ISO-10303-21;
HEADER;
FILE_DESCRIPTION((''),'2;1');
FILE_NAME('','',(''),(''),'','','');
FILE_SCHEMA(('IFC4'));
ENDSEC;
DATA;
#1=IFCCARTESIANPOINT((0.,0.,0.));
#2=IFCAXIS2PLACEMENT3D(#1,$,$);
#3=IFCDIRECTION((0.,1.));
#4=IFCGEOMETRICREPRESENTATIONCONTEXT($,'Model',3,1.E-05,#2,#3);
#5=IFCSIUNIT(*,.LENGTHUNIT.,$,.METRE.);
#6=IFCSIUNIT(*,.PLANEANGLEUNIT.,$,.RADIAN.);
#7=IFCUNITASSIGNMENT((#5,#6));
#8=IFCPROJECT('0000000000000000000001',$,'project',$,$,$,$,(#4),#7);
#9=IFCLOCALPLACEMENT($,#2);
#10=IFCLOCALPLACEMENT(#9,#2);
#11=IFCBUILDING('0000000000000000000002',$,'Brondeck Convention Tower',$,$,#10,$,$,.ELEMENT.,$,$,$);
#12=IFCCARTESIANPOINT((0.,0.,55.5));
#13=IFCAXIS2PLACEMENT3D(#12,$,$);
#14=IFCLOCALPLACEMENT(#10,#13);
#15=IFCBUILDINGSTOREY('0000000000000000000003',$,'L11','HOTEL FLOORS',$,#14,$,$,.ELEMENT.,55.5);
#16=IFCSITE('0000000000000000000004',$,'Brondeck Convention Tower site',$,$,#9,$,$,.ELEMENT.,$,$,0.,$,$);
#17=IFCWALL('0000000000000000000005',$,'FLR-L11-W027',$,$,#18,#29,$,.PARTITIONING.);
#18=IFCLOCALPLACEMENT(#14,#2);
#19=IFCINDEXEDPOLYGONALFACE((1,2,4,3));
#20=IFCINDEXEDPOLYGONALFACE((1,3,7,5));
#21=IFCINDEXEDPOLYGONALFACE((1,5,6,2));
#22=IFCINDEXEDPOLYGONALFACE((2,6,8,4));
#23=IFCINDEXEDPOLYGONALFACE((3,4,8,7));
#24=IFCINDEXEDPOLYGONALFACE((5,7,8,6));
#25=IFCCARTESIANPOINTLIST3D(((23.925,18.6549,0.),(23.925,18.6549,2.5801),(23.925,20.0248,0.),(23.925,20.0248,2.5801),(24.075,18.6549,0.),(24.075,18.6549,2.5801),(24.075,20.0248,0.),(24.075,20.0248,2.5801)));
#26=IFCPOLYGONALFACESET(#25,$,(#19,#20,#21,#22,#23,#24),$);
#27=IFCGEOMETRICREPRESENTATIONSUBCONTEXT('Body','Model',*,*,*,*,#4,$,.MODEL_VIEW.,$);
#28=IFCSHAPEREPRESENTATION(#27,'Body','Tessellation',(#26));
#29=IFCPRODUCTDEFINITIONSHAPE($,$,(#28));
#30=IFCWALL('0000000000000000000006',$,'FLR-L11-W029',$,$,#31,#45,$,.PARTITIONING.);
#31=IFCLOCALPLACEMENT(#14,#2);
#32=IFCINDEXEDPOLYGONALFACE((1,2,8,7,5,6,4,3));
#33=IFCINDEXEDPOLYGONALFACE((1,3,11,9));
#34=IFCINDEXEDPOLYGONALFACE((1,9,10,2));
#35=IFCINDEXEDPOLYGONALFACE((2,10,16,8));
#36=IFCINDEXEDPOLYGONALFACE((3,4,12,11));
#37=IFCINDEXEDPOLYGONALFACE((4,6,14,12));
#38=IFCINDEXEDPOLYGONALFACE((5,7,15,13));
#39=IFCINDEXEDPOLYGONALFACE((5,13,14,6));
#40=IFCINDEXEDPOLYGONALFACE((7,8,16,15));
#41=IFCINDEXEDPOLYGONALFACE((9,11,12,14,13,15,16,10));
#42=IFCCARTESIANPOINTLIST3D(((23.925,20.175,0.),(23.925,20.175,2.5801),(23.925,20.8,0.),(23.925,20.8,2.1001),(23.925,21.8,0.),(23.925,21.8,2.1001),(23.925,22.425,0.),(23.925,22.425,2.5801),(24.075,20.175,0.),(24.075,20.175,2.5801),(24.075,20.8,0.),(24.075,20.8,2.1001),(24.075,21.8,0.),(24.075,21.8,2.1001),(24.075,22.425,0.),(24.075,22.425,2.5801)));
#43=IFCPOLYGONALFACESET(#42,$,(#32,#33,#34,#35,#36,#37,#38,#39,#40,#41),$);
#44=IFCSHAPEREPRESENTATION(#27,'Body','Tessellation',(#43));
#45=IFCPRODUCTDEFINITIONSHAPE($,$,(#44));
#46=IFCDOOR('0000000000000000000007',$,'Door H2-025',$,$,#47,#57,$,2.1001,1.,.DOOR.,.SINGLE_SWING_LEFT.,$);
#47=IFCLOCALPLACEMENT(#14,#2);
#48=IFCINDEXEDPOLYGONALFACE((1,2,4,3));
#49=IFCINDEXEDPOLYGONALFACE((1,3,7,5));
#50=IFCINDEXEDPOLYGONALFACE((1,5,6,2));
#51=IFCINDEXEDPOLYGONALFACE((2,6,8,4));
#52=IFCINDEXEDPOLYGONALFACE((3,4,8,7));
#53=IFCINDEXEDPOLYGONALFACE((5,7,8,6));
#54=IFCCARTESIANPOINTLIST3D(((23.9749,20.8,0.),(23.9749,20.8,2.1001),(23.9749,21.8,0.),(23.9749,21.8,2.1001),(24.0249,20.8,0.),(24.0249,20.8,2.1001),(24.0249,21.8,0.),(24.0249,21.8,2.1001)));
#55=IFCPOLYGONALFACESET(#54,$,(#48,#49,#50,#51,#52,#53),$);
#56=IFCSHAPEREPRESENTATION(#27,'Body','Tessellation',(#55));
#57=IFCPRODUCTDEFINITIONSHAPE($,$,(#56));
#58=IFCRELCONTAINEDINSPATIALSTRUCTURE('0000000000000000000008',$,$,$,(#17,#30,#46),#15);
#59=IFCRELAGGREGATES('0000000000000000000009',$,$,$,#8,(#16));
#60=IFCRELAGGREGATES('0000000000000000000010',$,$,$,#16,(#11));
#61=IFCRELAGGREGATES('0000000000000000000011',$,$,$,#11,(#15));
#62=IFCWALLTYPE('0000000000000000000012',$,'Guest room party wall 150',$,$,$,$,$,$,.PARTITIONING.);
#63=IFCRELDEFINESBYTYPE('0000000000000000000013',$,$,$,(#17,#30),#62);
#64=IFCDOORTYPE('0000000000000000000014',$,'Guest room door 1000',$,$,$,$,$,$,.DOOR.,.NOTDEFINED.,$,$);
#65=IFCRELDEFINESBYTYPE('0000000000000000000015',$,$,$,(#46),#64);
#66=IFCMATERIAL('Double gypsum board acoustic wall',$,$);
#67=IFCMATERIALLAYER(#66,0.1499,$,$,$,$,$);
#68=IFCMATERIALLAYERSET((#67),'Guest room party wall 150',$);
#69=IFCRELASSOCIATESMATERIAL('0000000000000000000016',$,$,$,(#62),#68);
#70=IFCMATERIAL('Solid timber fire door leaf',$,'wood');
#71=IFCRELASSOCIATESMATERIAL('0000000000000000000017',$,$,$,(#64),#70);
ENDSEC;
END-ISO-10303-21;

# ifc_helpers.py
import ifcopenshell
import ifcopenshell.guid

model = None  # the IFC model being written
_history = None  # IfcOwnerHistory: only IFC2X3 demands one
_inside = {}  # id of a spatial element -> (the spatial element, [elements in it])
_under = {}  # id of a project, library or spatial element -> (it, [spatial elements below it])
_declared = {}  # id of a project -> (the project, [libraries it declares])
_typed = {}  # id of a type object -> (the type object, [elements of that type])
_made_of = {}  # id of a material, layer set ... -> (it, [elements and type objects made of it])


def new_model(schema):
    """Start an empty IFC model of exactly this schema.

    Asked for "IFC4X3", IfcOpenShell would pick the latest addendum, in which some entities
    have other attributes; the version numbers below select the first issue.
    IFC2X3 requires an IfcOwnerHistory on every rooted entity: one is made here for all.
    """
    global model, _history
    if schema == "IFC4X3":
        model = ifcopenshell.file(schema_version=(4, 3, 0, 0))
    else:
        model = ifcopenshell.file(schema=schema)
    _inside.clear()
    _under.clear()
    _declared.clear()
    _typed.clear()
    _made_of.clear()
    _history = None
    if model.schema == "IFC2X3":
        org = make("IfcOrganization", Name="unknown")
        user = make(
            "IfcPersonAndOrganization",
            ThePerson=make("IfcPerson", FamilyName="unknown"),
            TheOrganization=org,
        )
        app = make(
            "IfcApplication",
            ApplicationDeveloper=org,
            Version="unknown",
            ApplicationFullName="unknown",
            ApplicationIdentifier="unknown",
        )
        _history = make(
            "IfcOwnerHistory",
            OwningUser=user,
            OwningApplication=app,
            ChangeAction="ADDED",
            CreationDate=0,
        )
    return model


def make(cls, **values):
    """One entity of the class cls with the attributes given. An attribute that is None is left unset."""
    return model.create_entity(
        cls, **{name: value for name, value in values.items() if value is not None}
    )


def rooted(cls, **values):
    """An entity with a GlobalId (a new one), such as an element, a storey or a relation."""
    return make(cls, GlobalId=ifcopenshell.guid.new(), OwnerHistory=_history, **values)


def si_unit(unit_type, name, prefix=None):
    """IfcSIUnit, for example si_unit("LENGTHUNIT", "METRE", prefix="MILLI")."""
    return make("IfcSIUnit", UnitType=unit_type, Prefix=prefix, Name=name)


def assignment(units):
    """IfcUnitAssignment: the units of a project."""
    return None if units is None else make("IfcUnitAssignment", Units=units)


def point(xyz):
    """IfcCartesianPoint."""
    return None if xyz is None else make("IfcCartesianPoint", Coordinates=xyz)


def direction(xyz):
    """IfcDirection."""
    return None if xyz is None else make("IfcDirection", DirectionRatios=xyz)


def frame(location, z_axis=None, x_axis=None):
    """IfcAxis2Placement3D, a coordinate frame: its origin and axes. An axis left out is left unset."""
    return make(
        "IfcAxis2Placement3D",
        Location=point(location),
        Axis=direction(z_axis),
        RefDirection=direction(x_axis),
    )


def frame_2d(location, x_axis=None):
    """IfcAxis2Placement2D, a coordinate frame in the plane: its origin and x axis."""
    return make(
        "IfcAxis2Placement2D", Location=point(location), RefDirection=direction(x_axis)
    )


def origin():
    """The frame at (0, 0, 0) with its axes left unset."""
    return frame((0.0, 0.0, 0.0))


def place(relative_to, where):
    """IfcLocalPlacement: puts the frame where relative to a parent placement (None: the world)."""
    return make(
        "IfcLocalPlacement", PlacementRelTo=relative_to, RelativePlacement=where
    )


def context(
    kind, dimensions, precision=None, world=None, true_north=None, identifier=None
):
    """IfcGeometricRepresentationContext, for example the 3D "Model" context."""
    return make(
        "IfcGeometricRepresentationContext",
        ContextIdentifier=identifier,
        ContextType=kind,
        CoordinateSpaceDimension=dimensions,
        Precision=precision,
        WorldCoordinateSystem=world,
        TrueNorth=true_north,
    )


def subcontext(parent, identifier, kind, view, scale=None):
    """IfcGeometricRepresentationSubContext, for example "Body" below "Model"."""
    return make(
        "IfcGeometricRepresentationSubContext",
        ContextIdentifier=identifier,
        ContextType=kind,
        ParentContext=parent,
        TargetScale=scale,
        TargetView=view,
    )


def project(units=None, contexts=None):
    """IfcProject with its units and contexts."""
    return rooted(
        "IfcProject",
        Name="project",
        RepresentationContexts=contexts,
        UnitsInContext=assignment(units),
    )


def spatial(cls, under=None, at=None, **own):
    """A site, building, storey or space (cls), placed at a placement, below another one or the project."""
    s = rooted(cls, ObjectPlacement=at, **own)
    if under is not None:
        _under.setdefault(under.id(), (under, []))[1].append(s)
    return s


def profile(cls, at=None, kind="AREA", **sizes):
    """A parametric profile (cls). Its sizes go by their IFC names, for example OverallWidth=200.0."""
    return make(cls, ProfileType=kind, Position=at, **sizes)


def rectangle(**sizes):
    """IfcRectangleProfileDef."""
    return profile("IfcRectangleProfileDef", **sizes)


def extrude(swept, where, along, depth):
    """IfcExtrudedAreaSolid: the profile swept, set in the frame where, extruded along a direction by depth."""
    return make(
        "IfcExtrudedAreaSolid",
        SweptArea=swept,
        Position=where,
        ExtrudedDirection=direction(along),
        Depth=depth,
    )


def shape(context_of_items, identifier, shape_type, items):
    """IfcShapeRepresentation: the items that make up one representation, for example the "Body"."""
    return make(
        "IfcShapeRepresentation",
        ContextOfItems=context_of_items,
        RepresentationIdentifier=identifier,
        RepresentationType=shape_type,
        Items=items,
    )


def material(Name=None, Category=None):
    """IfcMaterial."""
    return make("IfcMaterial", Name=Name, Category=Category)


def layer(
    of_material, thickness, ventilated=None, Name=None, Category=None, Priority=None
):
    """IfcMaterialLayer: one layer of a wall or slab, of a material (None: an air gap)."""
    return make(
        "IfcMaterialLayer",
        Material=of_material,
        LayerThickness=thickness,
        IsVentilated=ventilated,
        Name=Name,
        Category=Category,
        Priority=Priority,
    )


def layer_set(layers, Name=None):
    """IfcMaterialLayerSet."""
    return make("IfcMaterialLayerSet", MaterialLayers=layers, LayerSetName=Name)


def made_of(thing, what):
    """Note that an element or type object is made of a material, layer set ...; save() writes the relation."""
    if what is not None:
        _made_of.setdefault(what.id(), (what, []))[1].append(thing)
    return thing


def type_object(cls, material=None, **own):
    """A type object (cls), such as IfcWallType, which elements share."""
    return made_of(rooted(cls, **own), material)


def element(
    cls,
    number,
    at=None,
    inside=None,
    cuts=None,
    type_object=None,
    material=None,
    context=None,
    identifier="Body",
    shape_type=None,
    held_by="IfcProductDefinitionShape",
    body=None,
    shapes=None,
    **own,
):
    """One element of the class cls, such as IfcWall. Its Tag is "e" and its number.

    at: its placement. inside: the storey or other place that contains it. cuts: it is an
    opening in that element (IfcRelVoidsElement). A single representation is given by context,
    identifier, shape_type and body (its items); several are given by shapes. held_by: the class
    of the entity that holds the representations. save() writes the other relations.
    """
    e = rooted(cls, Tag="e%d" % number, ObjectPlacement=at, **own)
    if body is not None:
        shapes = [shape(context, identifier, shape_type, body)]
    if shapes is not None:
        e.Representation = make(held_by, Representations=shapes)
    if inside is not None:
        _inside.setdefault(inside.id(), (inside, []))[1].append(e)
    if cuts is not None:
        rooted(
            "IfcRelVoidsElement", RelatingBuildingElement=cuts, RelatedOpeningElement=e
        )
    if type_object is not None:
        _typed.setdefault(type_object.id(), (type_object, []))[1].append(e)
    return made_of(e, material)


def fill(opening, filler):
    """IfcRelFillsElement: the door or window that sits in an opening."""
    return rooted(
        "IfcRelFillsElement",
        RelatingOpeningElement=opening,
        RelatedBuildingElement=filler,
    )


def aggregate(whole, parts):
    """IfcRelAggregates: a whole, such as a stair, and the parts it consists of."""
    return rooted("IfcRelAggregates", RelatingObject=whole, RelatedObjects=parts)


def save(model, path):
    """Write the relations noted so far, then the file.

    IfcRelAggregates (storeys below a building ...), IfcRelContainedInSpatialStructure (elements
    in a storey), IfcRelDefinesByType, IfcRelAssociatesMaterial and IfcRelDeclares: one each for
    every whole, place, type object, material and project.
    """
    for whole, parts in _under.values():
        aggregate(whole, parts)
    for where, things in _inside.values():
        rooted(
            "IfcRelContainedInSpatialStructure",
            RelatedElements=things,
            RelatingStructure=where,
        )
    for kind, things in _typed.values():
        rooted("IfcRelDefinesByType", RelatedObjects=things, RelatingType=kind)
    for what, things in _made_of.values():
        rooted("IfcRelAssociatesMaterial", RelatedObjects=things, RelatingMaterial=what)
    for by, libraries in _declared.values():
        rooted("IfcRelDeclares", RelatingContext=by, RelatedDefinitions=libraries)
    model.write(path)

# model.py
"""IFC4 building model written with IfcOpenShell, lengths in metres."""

from ifc_helpers import new_model, si_unit, direction, frame, frame_2d, origin, place, context, subcontext, project, spatial, rectangle, extrude, material, layer, layer_set, type_object, element, fill, save


model = new_model("IFC4")

# Units and contexts
model_context = context("Model", 3, precision=1e-05, world=origin(), true_north=direction((0.0, 1.0)))
body_context = subcontext(model_context, "Body", "Model", "MODEL_VIEW")
ifc_project = project(units=[si_unit("LENGTHUNIT", "METRE"), si_unit("PLANEANGLEUNIT", "RADIAN")], contexts=[model_context])

# Site, building, storey
site_placement = place(None, origin())
site = spatial("IfcSite", under=ifc_project, at=site_placement, Name="Brondeck Convention Tower site", CompositionType="ELEMENT", RefElevation=0.0)
building_placement = place(site_placement, origin())
building = spatial("IfcBuilding", under=site, at=building_placement, Name="Brondeck Convention Tower", CompositionType="ELEMENT")
storey_placement = place(building_placement, frame((0.0, 0.0, 55.5)))
storey = spatial("IfcBuildingStorey", under=building, at=storey_placement, Name="L11", Description="HOTEL FLOORS", CompositionType="ELEMENT", Elevation=55.5)

# Shared definitions
ifc_material_1 = material(Name="Double gypsum board acoustic wall")
ifc_layer_1 = layer(ifc_material_1, 0.1499)
ifc_layer_set_1 = layer_set([ifc_layer_1], Name="Guest room party wall 150")
wall_type_1 = type_object("IfcWallType", Name="Guest room party wall 150", PredefinedType="PARTITIONING", material=ifc_layer_set_1)
ifc_material_2 = material(Name="Solid timber fire door leaf", Category="wood")
door_type_1 = type_object("IfcDoorType", Name="Guest room door 1000", OperationType="NOTDEFINED", PredefinedType="DOOR", material=ifc_material_2)

# Wall
wall_1_placement = place(storey_placement, frame((24.0, 20.0249, 0.0), z_axis=(0.0, 0.0, 1.0), x_axis=(0.0, -1.0, 0.0)))
element("IfcWall", 1, at=wall_1_placement, inside=storey, type_object=wall_type_1, Name="FLR-L11-W027", PredefinedType="PARTITIONING", context=body_context, shape_type="SweptSolid", body=[
    extrude(rectangle(XDim=1.3699, YDim=0.1499, at=frame_2d((0.6851, 0.0))), origin(), (0.0, 0.0, 1.0), 2.5801),
])

# Wall, opening, door
wall_2_placement = place(storey_placement, frame((24.0, 22.425, 0.0), z_axis=(0.0, 0.0, 1.0), x_axis=(0.0, -1.0, 0.0)))
wall_2 = element("IfcWall", 2, at=wall_2_placement, inside=storey, type_object=wall_type_1, Name="FLR-L11-W029", PredefinedType="PARTITIONING", context=body_context, shape_type="SweptSolid", body=[
    extrude(rectangle(XDim=2.25, YDim=0.1499, at=frame_2d((1.125, 0.0))), origin(), (0.0, 0.0, 1.0), 2.5801),
])
opening_1_placement = place(wall_2_placement, frame((0.625, 0.0, 0.0)))
opening_1 = element("IfcOpeningElement", 3, at=opening_1_placement, cuts=wall_2, PredefinedType="OPENING", context=body_context, shape_type="SweptSolid", body=[
    extrude(rectangle(XDim=1.0, YDim=2.1001, at=frame_2d((0.5, 1.05))), frame((0.0, 0.085, 0.0), z_axis=(0.0, -1.0, 0.0), x_axis=(1.0, 0.0, 0.0)), (0.0, 0.0, 1.0), 0.1699),
])
door_1_placement = place(opening_1_placement, origin())
door_1 = element("IfcDoor", 4, at=door_1_placement, inside=storey, type_object=door_type_1, Name="Door H2-025", OperationType="SINGLE_SWING_LEFT", OverallHeight=2.1001, OverallWidth=1.0, PredefinedType="DOOR", context=body_context, shape_type="SweptSolid", body=[
    extrude(rectangle(XDim=1.0, YDim=2.1001, at=frame_2d((0.5, 1.05))), frame((0.0, 0.0249, 0.0), z_axis=(0.0, -1.0, 0.0), x_axis=(1.0, 0.0, 0.0)), (0.0, 0.0, 1.0), 0.05),
])
fill(opening_1, door_1)

save(model, "model.ifc")
